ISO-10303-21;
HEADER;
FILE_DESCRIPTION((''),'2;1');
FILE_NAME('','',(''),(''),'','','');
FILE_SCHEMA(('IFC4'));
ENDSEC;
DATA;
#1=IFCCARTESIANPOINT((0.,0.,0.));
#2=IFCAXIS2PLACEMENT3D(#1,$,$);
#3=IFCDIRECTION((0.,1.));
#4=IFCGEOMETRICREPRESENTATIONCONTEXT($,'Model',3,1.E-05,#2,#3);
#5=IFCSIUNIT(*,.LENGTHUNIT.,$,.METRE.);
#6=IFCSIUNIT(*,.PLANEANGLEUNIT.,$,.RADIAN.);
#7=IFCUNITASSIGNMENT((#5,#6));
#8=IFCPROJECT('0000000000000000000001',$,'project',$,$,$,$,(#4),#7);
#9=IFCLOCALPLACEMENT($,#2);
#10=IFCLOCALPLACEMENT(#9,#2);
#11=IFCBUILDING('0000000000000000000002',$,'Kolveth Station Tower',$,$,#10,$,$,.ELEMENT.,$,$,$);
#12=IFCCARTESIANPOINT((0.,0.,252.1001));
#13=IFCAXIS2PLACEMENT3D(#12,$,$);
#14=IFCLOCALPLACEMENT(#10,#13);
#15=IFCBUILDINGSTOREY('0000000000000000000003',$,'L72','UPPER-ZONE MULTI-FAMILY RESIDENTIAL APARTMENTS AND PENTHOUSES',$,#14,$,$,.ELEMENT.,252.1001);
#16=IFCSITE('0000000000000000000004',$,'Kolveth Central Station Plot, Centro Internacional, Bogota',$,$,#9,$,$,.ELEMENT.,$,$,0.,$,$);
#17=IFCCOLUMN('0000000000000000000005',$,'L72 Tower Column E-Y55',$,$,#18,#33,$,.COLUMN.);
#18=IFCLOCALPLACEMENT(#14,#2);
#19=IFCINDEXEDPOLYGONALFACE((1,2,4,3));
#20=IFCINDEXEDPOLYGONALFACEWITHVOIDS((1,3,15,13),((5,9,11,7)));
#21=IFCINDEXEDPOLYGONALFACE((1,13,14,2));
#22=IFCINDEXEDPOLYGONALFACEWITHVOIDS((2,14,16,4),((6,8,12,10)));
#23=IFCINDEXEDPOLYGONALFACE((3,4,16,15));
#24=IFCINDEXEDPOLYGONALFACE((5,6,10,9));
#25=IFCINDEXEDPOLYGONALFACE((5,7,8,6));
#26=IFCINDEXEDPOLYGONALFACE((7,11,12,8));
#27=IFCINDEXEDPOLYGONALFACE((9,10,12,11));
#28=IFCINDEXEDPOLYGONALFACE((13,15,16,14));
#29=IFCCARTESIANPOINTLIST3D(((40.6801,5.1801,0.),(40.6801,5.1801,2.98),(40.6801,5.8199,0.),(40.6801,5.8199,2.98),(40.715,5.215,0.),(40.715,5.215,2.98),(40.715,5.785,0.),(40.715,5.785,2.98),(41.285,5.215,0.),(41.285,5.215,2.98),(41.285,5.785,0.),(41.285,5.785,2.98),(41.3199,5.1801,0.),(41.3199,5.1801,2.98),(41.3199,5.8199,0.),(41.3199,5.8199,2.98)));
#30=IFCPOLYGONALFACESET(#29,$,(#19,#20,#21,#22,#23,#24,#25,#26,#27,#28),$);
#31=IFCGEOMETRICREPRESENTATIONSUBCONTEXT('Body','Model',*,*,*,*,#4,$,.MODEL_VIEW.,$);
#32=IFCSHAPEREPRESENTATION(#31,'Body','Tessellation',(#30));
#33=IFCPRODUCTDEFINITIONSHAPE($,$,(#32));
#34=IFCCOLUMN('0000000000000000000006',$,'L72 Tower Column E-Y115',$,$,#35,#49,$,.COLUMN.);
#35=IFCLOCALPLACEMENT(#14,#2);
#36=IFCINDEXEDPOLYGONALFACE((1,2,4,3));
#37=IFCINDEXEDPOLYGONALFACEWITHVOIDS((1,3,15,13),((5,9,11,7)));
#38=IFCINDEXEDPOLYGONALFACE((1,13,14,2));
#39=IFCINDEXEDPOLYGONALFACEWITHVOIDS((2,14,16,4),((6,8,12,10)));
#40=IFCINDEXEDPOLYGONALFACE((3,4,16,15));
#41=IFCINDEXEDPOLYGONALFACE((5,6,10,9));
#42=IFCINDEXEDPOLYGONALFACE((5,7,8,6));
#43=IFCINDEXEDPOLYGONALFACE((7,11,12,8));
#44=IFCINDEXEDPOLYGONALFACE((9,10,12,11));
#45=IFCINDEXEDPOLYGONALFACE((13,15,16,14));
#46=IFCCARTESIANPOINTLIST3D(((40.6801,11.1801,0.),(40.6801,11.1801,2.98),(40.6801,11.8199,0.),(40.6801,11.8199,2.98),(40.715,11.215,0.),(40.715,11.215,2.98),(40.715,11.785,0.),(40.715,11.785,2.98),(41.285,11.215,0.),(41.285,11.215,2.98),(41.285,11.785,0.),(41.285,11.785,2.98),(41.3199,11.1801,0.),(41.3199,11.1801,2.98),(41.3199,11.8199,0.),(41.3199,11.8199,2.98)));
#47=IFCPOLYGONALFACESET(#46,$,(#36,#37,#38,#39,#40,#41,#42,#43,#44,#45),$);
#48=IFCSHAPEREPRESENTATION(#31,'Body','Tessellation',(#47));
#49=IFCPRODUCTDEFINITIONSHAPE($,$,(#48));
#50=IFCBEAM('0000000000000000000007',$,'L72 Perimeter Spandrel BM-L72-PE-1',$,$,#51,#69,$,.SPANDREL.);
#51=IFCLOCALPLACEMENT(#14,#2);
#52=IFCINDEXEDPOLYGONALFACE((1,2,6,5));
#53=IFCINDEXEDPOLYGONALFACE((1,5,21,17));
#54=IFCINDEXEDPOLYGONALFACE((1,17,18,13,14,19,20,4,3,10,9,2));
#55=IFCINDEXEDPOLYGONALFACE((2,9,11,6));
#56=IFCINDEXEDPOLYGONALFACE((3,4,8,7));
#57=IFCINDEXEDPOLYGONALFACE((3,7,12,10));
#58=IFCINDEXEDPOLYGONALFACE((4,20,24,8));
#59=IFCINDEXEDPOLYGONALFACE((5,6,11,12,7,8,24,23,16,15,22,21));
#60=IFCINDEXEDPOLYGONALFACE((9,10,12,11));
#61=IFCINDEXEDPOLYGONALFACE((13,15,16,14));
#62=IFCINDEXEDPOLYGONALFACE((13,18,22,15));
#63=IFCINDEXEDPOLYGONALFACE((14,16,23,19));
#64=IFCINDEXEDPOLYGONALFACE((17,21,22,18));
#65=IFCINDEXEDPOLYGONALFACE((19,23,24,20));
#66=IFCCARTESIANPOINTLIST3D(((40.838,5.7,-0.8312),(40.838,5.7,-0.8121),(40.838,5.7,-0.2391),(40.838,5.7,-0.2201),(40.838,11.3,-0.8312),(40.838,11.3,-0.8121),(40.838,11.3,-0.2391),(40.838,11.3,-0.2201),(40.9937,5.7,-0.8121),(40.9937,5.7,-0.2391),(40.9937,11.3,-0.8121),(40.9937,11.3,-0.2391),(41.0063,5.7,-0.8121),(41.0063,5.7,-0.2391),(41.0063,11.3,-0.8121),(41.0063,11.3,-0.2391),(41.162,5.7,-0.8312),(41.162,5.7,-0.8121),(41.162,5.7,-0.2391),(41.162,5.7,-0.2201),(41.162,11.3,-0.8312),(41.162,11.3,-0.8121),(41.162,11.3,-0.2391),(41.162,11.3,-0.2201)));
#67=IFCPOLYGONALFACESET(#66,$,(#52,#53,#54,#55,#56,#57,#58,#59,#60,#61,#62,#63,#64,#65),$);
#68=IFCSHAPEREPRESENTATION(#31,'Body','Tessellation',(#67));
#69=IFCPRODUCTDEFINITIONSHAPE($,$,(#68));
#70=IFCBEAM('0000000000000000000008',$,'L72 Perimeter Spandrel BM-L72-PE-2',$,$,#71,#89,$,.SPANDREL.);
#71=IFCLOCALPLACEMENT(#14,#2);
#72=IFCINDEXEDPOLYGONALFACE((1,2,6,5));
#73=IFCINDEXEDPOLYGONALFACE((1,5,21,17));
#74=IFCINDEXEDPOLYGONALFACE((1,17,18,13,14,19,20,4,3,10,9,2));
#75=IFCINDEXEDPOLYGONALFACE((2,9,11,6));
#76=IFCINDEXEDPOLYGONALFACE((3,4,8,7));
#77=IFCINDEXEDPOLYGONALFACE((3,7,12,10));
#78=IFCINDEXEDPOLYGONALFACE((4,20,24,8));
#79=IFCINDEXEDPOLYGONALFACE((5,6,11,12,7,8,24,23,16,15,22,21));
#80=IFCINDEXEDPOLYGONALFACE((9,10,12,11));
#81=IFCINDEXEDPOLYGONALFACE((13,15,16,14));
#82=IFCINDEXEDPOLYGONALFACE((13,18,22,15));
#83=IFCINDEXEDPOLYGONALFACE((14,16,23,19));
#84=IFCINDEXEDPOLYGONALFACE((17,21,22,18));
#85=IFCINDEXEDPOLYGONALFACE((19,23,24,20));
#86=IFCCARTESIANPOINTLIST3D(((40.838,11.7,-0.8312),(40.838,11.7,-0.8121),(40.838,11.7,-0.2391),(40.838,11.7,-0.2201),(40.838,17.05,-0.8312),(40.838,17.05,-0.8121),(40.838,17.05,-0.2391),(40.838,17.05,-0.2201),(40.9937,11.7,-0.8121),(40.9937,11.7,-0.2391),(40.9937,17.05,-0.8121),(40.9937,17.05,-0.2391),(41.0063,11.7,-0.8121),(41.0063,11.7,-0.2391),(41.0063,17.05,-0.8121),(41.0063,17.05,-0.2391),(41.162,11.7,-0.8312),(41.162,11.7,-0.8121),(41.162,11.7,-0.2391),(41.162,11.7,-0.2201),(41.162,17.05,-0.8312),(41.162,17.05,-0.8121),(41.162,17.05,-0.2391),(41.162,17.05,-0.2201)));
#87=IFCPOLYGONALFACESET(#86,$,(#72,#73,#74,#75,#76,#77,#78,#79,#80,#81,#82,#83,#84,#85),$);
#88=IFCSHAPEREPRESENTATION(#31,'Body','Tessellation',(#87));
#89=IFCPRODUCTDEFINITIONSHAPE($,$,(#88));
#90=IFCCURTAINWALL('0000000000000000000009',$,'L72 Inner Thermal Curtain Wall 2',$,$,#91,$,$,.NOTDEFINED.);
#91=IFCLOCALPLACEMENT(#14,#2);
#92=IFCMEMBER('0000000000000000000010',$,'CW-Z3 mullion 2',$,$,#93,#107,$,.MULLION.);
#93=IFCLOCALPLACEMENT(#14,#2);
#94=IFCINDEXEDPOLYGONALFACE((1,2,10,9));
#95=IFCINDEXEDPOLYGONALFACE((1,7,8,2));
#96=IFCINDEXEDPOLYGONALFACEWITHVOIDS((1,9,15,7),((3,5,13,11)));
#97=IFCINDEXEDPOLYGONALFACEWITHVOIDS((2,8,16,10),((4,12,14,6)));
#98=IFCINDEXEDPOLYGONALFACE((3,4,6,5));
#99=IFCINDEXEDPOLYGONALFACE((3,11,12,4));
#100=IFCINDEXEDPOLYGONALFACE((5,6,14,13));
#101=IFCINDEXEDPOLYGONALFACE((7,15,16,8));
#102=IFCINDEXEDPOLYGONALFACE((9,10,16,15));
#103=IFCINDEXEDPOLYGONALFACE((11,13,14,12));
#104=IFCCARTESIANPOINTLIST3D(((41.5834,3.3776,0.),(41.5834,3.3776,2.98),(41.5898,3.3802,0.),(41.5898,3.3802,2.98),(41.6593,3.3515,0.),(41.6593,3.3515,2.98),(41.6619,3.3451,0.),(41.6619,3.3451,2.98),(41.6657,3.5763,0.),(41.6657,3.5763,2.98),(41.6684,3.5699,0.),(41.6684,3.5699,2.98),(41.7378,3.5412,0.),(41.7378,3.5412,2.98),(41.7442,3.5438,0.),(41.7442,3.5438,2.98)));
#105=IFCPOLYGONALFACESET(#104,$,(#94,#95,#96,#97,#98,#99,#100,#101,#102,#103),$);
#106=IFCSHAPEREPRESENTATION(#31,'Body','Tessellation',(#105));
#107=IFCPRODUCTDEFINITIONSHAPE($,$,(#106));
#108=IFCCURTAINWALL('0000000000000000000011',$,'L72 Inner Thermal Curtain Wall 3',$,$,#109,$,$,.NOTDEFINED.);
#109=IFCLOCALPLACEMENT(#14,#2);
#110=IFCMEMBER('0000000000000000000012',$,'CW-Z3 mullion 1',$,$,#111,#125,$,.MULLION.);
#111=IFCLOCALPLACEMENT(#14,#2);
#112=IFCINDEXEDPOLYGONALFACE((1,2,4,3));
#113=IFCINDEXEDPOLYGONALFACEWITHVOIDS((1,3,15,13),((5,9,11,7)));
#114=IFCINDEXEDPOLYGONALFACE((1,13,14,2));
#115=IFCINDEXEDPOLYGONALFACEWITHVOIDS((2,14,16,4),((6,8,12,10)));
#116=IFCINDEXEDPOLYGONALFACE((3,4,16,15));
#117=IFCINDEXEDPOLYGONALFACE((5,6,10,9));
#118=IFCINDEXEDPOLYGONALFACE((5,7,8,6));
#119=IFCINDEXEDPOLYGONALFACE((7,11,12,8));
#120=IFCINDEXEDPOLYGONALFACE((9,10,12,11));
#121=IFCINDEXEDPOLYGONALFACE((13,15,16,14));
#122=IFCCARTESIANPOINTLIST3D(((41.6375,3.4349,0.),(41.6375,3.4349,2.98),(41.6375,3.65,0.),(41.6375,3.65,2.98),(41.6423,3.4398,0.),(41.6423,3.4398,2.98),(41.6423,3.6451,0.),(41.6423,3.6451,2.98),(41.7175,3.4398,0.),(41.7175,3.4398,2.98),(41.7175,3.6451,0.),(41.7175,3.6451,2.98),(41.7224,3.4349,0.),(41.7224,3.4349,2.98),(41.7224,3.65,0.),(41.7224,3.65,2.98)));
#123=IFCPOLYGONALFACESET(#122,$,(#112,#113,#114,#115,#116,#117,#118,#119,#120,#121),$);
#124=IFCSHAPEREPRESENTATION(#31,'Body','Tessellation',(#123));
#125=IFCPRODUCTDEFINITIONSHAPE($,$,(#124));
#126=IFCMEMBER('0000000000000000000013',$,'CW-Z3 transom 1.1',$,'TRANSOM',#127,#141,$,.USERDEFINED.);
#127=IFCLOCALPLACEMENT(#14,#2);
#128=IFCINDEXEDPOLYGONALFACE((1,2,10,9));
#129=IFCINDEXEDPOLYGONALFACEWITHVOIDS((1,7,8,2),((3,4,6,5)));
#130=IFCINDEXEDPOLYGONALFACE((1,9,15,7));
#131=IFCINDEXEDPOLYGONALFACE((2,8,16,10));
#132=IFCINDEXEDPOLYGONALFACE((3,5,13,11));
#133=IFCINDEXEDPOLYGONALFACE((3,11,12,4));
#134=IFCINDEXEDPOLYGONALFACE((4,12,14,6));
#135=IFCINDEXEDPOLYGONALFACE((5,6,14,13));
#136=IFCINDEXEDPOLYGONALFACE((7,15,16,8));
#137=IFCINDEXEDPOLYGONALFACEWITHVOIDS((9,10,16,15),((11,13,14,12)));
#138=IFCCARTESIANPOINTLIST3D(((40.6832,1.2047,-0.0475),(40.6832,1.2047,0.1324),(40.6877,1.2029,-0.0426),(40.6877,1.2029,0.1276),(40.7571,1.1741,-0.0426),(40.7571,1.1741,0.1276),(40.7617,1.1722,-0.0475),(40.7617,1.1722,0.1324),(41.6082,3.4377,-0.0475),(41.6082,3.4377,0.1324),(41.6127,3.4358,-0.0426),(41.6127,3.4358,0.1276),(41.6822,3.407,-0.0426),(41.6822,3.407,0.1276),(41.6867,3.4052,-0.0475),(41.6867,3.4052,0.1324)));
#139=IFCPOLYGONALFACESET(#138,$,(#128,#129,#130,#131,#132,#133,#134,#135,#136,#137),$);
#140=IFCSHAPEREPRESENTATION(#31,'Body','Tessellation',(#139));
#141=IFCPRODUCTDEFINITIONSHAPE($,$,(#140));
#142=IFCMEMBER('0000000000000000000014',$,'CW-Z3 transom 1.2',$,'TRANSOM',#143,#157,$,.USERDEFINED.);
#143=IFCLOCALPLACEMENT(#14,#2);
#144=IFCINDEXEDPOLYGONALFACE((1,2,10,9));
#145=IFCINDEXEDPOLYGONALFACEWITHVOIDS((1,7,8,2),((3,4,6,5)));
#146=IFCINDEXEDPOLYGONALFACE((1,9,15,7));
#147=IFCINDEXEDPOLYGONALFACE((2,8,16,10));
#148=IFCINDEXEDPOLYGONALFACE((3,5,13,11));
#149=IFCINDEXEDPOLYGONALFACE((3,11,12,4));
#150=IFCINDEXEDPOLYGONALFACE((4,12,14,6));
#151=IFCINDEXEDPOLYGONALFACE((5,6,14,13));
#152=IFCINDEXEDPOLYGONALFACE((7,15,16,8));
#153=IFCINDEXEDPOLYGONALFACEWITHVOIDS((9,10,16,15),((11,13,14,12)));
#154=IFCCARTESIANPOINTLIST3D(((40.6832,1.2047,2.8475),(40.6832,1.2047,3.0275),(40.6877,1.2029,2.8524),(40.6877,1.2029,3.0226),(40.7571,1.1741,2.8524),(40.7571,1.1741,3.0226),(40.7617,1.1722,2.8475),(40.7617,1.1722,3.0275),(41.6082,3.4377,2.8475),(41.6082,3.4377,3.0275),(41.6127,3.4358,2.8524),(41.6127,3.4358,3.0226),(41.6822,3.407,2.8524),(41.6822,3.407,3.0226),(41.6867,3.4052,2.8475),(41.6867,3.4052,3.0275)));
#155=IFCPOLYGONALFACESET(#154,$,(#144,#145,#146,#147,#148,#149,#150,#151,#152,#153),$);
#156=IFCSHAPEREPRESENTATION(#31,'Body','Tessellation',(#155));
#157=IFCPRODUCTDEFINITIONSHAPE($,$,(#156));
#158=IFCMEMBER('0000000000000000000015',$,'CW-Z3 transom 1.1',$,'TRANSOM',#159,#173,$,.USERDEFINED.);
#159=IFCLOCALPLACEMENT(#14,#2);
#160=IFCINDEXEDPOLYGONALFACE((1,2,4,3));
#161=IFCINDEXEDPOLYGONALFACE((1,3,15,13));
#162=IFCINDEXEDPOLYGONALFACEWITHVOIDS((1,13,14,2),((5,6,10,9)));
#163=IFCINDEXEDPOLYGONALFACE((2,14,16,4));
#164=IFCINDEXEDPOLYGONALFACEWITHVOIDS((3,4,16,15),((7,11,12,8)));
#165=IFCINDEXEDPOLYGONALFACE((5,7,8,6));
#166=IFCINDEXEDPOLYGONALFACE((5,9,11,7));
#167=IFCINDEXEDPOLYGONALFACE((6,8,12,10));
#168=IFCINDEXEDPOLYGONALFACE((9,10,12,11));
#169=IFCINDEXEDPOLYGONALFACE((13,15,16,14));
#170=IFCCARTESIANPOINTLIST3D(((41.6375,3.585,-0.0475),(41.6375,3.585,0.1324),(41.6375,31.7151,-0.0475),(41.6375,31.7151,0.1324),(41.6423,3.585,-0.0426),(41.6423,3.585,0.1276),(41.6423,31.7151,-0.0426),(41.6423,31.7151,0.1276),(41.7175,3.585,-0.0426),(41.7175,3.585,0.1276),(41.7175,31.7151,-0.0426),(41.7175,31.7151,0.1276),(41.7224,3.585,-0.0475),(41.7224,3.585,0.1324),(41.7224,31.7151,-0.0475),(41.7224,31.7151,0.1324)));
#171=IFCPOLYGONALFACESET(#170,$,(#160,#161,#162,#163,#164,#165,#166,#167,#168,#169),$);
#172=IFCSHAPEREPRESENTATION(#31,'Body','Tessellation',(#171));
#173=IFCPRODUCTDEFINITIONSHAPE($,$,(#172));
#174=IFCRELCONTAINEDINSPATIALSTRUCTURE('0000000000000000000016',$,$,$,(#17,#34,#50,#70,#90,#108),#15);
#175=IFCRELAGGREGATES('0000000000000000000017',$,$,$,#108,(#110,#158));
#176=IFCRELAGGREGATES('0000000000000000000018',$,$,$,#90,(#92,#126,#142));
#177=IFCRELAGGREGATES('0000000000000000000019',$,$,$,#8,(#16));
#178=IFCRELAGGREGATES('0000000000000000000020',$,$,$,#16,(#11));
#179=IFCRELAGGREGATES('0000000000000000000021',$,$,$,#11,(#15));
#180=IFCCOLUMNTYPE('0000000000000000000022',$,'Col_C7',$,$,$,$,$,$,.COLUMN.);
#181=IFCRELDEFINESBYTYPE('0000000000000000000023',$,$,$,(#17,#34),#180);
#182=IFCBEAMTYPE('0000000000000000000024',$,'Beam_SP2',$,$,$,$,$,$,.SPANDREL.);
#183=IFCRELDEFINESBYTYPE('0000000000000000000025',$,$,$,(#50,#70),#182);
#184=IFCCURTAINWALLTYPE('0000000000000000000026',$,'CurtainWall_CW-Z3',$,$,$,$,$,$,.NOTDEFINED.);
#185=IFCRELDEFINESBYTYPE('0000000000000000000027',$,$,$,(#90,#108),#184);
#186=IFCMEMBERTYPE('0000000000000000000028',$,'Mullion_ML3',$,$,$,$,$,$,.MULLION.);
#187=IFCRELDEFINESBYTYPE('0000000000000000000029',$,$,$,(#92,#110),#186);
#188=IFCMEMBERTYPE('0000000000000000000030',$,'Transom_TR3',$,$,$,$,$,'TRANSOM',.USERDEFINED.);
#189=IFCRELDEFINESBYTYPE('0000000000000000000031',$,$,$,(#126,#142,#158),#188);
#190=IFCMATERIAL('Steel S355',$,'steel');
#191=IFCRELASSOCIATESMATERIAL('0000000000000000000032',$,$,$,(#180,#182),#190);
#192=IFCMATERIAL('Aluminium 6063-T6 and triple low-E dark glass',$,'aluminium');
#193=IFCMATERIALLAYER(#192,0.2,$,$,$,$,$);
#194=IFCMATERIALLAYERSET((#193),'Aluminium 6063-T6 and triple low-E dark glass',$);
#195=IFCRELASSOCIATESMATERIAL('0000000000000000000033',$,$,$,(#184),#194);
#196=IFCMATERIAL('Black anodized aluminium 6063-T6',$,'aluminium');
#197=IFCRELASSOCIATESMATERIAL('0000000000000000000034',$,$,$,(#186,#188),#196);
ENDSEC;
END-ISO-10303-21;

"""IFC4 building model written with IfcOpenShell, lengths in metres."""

from ifc_helpers import new_model, si_unit, direction, frame, origin, origin_2d, place, context, subcontext, project, spatial, hollow_rectangle, i_section, extrude, source, transform, mapped, material, layer, layer_set, material_profile, profile_set, type_object, element, aggregate, save


model = new_model("IFC4")

# Units and contexts
model_context = context("Model", 3, precision=1e-05, world=origin(), true_north=direction((0.0, 1.0)))
body_context = subcontext(model_context, "Body", "Model", "MODEL_VIEW")
ifc_project = project(units=[si_unit("LENGTHUNIT", "METRE"), si_unit("PLANEANGLEUNIT", "RADIAN")], contexts=[model_context])

# Site, building, storey
site_placement = place(None, origin())
site = spatial("IfcSite", under=ifc_project, at=site_placement, Name="Kolveth Central Station Plot, Centro Internacional, Bogota", CompositionType="ELEMENT", RefElevation=0.0)
building_placement = place(site_placement, origin())
building = spatial("IfcBuilding", under=site, at=building_placement, Name="Kolveth Station Tower", CompositionType="ELEMENT")
storey_placement = place(building_placement, frame((0.0, 0.0, 252.1001)))
storey = spatial("IfcBuildingStorey", under=building, at=storey_placement, Name="L72", Description="UPPER-ZONE MULTI-FAMILY RESIDENTIAL APARTMENTS AND PENTHOUSES", CompositionType="ELEMENT", Elevation=252.1001)

# Columns
ifc_material_1 = material(Name="Steel S355", Category="steel")
ifc_material_profile_1 = material_profile(ifc_material_1, hollow_rectangle(XDim=0.6399, YDim=0.6399, WallThickness=0.0349, at=origin_2d()), Name="BOX640x640x35")
ifc_profile_set_1 = profile_set([ifc_material_profile_1], Name="Steel S355")
column_type = type_object("IfcColumnType", Name="Col_C7", PredefinedType="COLUMN", material=ifc_profile_set_1)
shared_shape_1 = source(origin(), body_context, "Body", "SweptSolid", [
    extrude(hollow_rectangle(XDim=0.6399, YDim=0.6399, WallThickness=0.0349, at=origin_2d()), origin(), (0.0, 0.0, 1.0), 2.98),
])
for number, where, z_axis, x_axis, name in (
    (1, (41.0, 5.5, 0.0), (0.0, 0.0, 1.0), (1.0, 0.0, 0.0), "L72 Tower Column E-Y55"),
    (2, (41.0, 11.5, 0.0), (0.0, 0.0, 1.0), (1.0, 0.0, 0.0), "L72 Tower Column E-Y115"),
):
    element("IfcColumn", number, at=place(storey_placement, frame(where, z_axis=z_axis, x_axis=x_axis)), inside=storey, type_object=column_type, Name=name, PredefinedType="COLUMN", context=body_context, shape_type="MappedRepresentation", body=[
        mapped(shared_shape_1, transform((0.0, 0.0, 0.0), x_axis=(1.0, 0.0, 0.0), y_axis=(0.0, 1.0, 0.0), z_axis=(0.0, 0.0, 1.0), scale=1.0)),
    ])

# Beams
ifc_material_profile_2 = material_profile(ifc_material_1, i_section(OverallWidth=0.324, OverallDepth=0.6111, WebThickness=0.0127, FlangeThickness=0.019, at=origin_2d()), Name="W610x155")
ifc_profile_set_2 = profile_set([ifc_material_profile_2], Name="Steel S355")
beam_type = type_object("IfcBeamType", Name="Beam_SP2", PredefinedType="SPANDREL", material=ifc_profile_set_2)
shared_shape_2 = source(origin(), body_context, "Body", "SweptSolid", [
    extrude(i_section(OverallWidth=0.324, OverallDepth=0.6111, WebThickness=0.0127, FlangeThickness=0.019, at=origin_2d()), origin(), (0.0, 0.0, 1.0), 5.6001),
])
beam_1_placement = place(storey_placement, frame((41.0, 5.7, -0.5256), z_axis=(0.0, 1.0, 0.0), x_axis=(-1.0, 0.0, 0.0)))
element("IfcBeam", 3, at=beam_1_placement, inside=storey, type_object=beam_type, Name="L72 Perimeter Spandrel BM-L72-PE-1", PredefinedType="SPANDREL", context=body_context, shape_type="MappedRepresentation", body=[
    mapped(shared_shape_2, transform((0.0, 0.0, 0.0), x_axis=(1.0, 0.0, 0.0), y_axis=(0.0, 1.0, 0.0), z_axis=(0.0, 0.0, 1.0), scale=1.0)),
])
shared_shape_3 = source(origin(), body_context, "Body", "SweptSolid", [
    extrude(i_section(OverallWidth=0.324, OverallDepth=0.6111, WebThickness=0.0127, FlangeThickness=0.019, at=origin_2d()), origin(), (0.0, 0.0, 1.0), 5.3501),
])
beam_2_placement = place(storey_placement, frame((41.0, 11.7, -0.5256), z_axis=(0.0, 1.0, 0.0), x_axis=(-1.0, 0.0, 0.0)))
element("IfcBeam", 4, at=beam_2_placement, inside=storey, type_object=beam_type, Name="L72 Perimeter Spandrel BM-L72-PE-2", PredefinedType="SPANDREL", context=body_context, shape_type="MappedRepresentation", body=[
    mapped(shared_shape_3, transform((0.0, 0.0, 0.0), x_axis=(1.0, 0.0, 0.0), y_axis=(0.0, 1.0, 0.0), z_axis=(0.0, 0.0, 1.0), scale=1.0)),
])

# Curtain walls, members
ifc_material_2 = material(Name="Aluminium 6063-T6 and triple low-E dark glass", Category="aluminium")
ifc_layer_1 = layer(ifc_material_2, 0.2)
ifc_layer_set_1 = layer_set([ifc_layer_1], Name="Aluminium 6063-T6 and triple low-E dark glass")
curtain_wall_type_1 = type_object("IfcCurtainWallType", Name="CurtainWall_CW-Z3", PredefinedType="NOTDEFINED", material=ifc_layer_set_1)
curtain_wall_1_placement = place(storey_placement, origin())
curtain_wall_1 = element("IfcCurtainWall", 5, at=curtain_wall_1_placement, inside=storey, type_object=curtain_wall_type_1, Name="L72 Inner Thermal Curtain Wall 2", PredefinedType="NOTDEFINED")
ifc_material_3 = material(Name="Black anodized aluminium 6063-T6", Category="aluminium")
ifc_material_profile_3 = material_profile(ifc_material_3, hollow_rectangle(XDim=0.085, YDim=0.2151, WallThickness=0.0049, at=origin_2d()), Name="ALU-85x215x5")
ifc_profile_set_3 = profile_set([ifc_material_profile_3], Name="Black anodized aluminium 6063-T6")
member_type_1 = type_object("IfcMemberType", Name="Mullion_ML3", PredefinedType="MULLION", material=ifc_profile_set_3)
shared_shape_4 = source(origin(), body_context, "Body", "SweptSolid", [
    extrude(hollow_rectangle(XDim=0.085, YDim=0.2151, WallThickness=0.0049, at=origin_2d()), origin(), (0.0, 0.0, 1.0), 2.98),
])
member_1_placement = place(storey_placement, frame((41.6638, 3.4607, 0.0), z_axis=(0.0, 0.0, 1.0), x_axis=(-0.923875, 0.382693, 0.0)))
member_1 = element("IfcMember", 6, at=member_1_placement, type_object=member_type_1, Name="CW-Z3 mullion 2", PredefinedType="MULLION", context=body_context, shape_type="MappedRepresentation", body=[
    mapped(shared_shape_4, transform((0.0, 0.0, 0.0), x_axis=(1.0, 0.0, 0.0), y_axis=(0.0, 1.0, 0.0), z_axis=(0.0, 0.0, 1.0), scale=1.0)),
])
curtain_wall_2_placement = place(storey_placement, origin())
curtain_wall_2 = element("IfcCurtainWall", 7, at=curtain_wall_2_placement, inside=storey, type_object=curtain_wall_type_1, Name="L72 Inner Thermal Curtain Wall 3", PredefinedType="NOTDEFINED")
member_2_placement = place(storey_placement, frame((41.6799, 3.5425, 0.0), z_axis=(0.0, 0.0, 1.0), x_axis=(-1.0, 0.0, 0.0)))
member_2 = element("IfcMember", 8, at=member_2_placement, type_object=member_type_1, Name="CW-Z3 mullion 1", PredefinedType="MULLION", context=body_context, shape_type="MappedRepresentation", body=[
    mapped(shared_shape_4, transform((0.0, 0.0, 0.0), x_axis=(1.0, 0.0, 0.0), y_axis=(0.0, 1.0, 0.0), z_axis=(0.0, 0.0, 1.0), scale=1.0)),
])

# Members
ifc_material_profile_4 = material_profile(ifc_material_3, hollow_rectangle(XDim=0.085, YDim=0.1799, WallThickness=0.0049, at=origin_2d()), Name="ALU-85x180x5")
ifc_profile_set_4 = profile_set([ifc_material_profile_4], Name="Black anodized aluminium 6063-T6")
member_type_2 = type_object("IfcMemberType", Name="Transom_TR3", ElementType="TRANSOM", PredefinedType="USERDEFINED", material=ifc_profile_set_4)
shared_shape_5 = source(origin(), body_context, "Body", "SweptSolid", [
    extrude(hollow_rectangle(XDim=0.085, YDim=0.1799, WallThickness=0.0049, at=origin_2d()), origin(), (0.0, 0.0, 1.0), 2.417),
])
member_3_placement = place(storey_placement, frame((40.7224, 1.1885, 0.0425), z_axis=(0.382735, 0.923858, 0.0), x_axis=(-0.923858, 0.382735, 0.0)))
member_3 = element("IfcMember", 9, at=member_3_placement, type_object=member_type_2, Name="CW-Z3 transom 1.1", ObjectType="TRANSOM", PredefinedType="USERDEFINED", context=body_context, shape_type="MappedRepresentation", body=[
    mapped(shared_shape_5, transform((0.0, 0.0, 0.0), x_axis=(1.0, 0.0, 0.0), y_axis=(0.0, 1.0, 0.0), z_axis=(0.0, 0.0, 1.0), scale=1.0)),
])
member_4_placement = place(storey_placement, frame((40.7224, 1.1885, 2.9375), z_axis=(0.382735, 0.923858, 0.0), x_axis=(-0.923858, 0.382735, 0.0)))
member_4 = element("IfcMember", 10, at=member_4_placement, type_object=member_type_2, Name="CW-Z3 transom 1.2", ObjectType="TRANSOM", PredefinedType="USERDEFINED", context=body_context, shape_type="MappedRepresentation", body=[
    mapped(shared_shape_5, transform((0.0, 0.0, 0.0), x_axis=(1.0, 0.0, 0.0), y_axis=(0.0, 1.0, 0.0), z_axis=(0.0, 0.0, 1.0), scale=1.0)),
])
shared_shape_6 = source(origin(), body_context, "Body", "SweptSolid", [
    extrude(hollow_rectangle(XDim=0.085, YDim=0.1799, WallThickness=0.0049, at=origin_2d()), origin(), (0.0, 0.0, 1.0), 28.1301),
])
member_5_placement = place(storey_placement, frame((41.6799, 3.585, 0.0425), z_axis=(0.0, 1.0, 0.0), x_axis=(-1.0, 0.0, 0.0)))
member_5 = element("IfcMember", 11, at=member_5_placement, type_object=member_type_2, Name="CW-Z3 transom 1.1", ObjectType="TRANSOM", PredefinedType="USERDEFINED", context=body_context, shape_type="MappedRepresentation", body=[
    mapped(shared_shape_6, transform((0.0, 0.0, 0.0), x_axis=(1.0, 0.0, 0.0), y_axis=(0.0, 1.0, 0.0), z_axis=(0.0, 0.0, 1.0), scale=1.0)),
])
aggregate(curtain_wall_2, [member_2, member_5])

aggregate(curtain_wall_1, [member_1, member_3, member_4])

save(model, "model.ifc")
